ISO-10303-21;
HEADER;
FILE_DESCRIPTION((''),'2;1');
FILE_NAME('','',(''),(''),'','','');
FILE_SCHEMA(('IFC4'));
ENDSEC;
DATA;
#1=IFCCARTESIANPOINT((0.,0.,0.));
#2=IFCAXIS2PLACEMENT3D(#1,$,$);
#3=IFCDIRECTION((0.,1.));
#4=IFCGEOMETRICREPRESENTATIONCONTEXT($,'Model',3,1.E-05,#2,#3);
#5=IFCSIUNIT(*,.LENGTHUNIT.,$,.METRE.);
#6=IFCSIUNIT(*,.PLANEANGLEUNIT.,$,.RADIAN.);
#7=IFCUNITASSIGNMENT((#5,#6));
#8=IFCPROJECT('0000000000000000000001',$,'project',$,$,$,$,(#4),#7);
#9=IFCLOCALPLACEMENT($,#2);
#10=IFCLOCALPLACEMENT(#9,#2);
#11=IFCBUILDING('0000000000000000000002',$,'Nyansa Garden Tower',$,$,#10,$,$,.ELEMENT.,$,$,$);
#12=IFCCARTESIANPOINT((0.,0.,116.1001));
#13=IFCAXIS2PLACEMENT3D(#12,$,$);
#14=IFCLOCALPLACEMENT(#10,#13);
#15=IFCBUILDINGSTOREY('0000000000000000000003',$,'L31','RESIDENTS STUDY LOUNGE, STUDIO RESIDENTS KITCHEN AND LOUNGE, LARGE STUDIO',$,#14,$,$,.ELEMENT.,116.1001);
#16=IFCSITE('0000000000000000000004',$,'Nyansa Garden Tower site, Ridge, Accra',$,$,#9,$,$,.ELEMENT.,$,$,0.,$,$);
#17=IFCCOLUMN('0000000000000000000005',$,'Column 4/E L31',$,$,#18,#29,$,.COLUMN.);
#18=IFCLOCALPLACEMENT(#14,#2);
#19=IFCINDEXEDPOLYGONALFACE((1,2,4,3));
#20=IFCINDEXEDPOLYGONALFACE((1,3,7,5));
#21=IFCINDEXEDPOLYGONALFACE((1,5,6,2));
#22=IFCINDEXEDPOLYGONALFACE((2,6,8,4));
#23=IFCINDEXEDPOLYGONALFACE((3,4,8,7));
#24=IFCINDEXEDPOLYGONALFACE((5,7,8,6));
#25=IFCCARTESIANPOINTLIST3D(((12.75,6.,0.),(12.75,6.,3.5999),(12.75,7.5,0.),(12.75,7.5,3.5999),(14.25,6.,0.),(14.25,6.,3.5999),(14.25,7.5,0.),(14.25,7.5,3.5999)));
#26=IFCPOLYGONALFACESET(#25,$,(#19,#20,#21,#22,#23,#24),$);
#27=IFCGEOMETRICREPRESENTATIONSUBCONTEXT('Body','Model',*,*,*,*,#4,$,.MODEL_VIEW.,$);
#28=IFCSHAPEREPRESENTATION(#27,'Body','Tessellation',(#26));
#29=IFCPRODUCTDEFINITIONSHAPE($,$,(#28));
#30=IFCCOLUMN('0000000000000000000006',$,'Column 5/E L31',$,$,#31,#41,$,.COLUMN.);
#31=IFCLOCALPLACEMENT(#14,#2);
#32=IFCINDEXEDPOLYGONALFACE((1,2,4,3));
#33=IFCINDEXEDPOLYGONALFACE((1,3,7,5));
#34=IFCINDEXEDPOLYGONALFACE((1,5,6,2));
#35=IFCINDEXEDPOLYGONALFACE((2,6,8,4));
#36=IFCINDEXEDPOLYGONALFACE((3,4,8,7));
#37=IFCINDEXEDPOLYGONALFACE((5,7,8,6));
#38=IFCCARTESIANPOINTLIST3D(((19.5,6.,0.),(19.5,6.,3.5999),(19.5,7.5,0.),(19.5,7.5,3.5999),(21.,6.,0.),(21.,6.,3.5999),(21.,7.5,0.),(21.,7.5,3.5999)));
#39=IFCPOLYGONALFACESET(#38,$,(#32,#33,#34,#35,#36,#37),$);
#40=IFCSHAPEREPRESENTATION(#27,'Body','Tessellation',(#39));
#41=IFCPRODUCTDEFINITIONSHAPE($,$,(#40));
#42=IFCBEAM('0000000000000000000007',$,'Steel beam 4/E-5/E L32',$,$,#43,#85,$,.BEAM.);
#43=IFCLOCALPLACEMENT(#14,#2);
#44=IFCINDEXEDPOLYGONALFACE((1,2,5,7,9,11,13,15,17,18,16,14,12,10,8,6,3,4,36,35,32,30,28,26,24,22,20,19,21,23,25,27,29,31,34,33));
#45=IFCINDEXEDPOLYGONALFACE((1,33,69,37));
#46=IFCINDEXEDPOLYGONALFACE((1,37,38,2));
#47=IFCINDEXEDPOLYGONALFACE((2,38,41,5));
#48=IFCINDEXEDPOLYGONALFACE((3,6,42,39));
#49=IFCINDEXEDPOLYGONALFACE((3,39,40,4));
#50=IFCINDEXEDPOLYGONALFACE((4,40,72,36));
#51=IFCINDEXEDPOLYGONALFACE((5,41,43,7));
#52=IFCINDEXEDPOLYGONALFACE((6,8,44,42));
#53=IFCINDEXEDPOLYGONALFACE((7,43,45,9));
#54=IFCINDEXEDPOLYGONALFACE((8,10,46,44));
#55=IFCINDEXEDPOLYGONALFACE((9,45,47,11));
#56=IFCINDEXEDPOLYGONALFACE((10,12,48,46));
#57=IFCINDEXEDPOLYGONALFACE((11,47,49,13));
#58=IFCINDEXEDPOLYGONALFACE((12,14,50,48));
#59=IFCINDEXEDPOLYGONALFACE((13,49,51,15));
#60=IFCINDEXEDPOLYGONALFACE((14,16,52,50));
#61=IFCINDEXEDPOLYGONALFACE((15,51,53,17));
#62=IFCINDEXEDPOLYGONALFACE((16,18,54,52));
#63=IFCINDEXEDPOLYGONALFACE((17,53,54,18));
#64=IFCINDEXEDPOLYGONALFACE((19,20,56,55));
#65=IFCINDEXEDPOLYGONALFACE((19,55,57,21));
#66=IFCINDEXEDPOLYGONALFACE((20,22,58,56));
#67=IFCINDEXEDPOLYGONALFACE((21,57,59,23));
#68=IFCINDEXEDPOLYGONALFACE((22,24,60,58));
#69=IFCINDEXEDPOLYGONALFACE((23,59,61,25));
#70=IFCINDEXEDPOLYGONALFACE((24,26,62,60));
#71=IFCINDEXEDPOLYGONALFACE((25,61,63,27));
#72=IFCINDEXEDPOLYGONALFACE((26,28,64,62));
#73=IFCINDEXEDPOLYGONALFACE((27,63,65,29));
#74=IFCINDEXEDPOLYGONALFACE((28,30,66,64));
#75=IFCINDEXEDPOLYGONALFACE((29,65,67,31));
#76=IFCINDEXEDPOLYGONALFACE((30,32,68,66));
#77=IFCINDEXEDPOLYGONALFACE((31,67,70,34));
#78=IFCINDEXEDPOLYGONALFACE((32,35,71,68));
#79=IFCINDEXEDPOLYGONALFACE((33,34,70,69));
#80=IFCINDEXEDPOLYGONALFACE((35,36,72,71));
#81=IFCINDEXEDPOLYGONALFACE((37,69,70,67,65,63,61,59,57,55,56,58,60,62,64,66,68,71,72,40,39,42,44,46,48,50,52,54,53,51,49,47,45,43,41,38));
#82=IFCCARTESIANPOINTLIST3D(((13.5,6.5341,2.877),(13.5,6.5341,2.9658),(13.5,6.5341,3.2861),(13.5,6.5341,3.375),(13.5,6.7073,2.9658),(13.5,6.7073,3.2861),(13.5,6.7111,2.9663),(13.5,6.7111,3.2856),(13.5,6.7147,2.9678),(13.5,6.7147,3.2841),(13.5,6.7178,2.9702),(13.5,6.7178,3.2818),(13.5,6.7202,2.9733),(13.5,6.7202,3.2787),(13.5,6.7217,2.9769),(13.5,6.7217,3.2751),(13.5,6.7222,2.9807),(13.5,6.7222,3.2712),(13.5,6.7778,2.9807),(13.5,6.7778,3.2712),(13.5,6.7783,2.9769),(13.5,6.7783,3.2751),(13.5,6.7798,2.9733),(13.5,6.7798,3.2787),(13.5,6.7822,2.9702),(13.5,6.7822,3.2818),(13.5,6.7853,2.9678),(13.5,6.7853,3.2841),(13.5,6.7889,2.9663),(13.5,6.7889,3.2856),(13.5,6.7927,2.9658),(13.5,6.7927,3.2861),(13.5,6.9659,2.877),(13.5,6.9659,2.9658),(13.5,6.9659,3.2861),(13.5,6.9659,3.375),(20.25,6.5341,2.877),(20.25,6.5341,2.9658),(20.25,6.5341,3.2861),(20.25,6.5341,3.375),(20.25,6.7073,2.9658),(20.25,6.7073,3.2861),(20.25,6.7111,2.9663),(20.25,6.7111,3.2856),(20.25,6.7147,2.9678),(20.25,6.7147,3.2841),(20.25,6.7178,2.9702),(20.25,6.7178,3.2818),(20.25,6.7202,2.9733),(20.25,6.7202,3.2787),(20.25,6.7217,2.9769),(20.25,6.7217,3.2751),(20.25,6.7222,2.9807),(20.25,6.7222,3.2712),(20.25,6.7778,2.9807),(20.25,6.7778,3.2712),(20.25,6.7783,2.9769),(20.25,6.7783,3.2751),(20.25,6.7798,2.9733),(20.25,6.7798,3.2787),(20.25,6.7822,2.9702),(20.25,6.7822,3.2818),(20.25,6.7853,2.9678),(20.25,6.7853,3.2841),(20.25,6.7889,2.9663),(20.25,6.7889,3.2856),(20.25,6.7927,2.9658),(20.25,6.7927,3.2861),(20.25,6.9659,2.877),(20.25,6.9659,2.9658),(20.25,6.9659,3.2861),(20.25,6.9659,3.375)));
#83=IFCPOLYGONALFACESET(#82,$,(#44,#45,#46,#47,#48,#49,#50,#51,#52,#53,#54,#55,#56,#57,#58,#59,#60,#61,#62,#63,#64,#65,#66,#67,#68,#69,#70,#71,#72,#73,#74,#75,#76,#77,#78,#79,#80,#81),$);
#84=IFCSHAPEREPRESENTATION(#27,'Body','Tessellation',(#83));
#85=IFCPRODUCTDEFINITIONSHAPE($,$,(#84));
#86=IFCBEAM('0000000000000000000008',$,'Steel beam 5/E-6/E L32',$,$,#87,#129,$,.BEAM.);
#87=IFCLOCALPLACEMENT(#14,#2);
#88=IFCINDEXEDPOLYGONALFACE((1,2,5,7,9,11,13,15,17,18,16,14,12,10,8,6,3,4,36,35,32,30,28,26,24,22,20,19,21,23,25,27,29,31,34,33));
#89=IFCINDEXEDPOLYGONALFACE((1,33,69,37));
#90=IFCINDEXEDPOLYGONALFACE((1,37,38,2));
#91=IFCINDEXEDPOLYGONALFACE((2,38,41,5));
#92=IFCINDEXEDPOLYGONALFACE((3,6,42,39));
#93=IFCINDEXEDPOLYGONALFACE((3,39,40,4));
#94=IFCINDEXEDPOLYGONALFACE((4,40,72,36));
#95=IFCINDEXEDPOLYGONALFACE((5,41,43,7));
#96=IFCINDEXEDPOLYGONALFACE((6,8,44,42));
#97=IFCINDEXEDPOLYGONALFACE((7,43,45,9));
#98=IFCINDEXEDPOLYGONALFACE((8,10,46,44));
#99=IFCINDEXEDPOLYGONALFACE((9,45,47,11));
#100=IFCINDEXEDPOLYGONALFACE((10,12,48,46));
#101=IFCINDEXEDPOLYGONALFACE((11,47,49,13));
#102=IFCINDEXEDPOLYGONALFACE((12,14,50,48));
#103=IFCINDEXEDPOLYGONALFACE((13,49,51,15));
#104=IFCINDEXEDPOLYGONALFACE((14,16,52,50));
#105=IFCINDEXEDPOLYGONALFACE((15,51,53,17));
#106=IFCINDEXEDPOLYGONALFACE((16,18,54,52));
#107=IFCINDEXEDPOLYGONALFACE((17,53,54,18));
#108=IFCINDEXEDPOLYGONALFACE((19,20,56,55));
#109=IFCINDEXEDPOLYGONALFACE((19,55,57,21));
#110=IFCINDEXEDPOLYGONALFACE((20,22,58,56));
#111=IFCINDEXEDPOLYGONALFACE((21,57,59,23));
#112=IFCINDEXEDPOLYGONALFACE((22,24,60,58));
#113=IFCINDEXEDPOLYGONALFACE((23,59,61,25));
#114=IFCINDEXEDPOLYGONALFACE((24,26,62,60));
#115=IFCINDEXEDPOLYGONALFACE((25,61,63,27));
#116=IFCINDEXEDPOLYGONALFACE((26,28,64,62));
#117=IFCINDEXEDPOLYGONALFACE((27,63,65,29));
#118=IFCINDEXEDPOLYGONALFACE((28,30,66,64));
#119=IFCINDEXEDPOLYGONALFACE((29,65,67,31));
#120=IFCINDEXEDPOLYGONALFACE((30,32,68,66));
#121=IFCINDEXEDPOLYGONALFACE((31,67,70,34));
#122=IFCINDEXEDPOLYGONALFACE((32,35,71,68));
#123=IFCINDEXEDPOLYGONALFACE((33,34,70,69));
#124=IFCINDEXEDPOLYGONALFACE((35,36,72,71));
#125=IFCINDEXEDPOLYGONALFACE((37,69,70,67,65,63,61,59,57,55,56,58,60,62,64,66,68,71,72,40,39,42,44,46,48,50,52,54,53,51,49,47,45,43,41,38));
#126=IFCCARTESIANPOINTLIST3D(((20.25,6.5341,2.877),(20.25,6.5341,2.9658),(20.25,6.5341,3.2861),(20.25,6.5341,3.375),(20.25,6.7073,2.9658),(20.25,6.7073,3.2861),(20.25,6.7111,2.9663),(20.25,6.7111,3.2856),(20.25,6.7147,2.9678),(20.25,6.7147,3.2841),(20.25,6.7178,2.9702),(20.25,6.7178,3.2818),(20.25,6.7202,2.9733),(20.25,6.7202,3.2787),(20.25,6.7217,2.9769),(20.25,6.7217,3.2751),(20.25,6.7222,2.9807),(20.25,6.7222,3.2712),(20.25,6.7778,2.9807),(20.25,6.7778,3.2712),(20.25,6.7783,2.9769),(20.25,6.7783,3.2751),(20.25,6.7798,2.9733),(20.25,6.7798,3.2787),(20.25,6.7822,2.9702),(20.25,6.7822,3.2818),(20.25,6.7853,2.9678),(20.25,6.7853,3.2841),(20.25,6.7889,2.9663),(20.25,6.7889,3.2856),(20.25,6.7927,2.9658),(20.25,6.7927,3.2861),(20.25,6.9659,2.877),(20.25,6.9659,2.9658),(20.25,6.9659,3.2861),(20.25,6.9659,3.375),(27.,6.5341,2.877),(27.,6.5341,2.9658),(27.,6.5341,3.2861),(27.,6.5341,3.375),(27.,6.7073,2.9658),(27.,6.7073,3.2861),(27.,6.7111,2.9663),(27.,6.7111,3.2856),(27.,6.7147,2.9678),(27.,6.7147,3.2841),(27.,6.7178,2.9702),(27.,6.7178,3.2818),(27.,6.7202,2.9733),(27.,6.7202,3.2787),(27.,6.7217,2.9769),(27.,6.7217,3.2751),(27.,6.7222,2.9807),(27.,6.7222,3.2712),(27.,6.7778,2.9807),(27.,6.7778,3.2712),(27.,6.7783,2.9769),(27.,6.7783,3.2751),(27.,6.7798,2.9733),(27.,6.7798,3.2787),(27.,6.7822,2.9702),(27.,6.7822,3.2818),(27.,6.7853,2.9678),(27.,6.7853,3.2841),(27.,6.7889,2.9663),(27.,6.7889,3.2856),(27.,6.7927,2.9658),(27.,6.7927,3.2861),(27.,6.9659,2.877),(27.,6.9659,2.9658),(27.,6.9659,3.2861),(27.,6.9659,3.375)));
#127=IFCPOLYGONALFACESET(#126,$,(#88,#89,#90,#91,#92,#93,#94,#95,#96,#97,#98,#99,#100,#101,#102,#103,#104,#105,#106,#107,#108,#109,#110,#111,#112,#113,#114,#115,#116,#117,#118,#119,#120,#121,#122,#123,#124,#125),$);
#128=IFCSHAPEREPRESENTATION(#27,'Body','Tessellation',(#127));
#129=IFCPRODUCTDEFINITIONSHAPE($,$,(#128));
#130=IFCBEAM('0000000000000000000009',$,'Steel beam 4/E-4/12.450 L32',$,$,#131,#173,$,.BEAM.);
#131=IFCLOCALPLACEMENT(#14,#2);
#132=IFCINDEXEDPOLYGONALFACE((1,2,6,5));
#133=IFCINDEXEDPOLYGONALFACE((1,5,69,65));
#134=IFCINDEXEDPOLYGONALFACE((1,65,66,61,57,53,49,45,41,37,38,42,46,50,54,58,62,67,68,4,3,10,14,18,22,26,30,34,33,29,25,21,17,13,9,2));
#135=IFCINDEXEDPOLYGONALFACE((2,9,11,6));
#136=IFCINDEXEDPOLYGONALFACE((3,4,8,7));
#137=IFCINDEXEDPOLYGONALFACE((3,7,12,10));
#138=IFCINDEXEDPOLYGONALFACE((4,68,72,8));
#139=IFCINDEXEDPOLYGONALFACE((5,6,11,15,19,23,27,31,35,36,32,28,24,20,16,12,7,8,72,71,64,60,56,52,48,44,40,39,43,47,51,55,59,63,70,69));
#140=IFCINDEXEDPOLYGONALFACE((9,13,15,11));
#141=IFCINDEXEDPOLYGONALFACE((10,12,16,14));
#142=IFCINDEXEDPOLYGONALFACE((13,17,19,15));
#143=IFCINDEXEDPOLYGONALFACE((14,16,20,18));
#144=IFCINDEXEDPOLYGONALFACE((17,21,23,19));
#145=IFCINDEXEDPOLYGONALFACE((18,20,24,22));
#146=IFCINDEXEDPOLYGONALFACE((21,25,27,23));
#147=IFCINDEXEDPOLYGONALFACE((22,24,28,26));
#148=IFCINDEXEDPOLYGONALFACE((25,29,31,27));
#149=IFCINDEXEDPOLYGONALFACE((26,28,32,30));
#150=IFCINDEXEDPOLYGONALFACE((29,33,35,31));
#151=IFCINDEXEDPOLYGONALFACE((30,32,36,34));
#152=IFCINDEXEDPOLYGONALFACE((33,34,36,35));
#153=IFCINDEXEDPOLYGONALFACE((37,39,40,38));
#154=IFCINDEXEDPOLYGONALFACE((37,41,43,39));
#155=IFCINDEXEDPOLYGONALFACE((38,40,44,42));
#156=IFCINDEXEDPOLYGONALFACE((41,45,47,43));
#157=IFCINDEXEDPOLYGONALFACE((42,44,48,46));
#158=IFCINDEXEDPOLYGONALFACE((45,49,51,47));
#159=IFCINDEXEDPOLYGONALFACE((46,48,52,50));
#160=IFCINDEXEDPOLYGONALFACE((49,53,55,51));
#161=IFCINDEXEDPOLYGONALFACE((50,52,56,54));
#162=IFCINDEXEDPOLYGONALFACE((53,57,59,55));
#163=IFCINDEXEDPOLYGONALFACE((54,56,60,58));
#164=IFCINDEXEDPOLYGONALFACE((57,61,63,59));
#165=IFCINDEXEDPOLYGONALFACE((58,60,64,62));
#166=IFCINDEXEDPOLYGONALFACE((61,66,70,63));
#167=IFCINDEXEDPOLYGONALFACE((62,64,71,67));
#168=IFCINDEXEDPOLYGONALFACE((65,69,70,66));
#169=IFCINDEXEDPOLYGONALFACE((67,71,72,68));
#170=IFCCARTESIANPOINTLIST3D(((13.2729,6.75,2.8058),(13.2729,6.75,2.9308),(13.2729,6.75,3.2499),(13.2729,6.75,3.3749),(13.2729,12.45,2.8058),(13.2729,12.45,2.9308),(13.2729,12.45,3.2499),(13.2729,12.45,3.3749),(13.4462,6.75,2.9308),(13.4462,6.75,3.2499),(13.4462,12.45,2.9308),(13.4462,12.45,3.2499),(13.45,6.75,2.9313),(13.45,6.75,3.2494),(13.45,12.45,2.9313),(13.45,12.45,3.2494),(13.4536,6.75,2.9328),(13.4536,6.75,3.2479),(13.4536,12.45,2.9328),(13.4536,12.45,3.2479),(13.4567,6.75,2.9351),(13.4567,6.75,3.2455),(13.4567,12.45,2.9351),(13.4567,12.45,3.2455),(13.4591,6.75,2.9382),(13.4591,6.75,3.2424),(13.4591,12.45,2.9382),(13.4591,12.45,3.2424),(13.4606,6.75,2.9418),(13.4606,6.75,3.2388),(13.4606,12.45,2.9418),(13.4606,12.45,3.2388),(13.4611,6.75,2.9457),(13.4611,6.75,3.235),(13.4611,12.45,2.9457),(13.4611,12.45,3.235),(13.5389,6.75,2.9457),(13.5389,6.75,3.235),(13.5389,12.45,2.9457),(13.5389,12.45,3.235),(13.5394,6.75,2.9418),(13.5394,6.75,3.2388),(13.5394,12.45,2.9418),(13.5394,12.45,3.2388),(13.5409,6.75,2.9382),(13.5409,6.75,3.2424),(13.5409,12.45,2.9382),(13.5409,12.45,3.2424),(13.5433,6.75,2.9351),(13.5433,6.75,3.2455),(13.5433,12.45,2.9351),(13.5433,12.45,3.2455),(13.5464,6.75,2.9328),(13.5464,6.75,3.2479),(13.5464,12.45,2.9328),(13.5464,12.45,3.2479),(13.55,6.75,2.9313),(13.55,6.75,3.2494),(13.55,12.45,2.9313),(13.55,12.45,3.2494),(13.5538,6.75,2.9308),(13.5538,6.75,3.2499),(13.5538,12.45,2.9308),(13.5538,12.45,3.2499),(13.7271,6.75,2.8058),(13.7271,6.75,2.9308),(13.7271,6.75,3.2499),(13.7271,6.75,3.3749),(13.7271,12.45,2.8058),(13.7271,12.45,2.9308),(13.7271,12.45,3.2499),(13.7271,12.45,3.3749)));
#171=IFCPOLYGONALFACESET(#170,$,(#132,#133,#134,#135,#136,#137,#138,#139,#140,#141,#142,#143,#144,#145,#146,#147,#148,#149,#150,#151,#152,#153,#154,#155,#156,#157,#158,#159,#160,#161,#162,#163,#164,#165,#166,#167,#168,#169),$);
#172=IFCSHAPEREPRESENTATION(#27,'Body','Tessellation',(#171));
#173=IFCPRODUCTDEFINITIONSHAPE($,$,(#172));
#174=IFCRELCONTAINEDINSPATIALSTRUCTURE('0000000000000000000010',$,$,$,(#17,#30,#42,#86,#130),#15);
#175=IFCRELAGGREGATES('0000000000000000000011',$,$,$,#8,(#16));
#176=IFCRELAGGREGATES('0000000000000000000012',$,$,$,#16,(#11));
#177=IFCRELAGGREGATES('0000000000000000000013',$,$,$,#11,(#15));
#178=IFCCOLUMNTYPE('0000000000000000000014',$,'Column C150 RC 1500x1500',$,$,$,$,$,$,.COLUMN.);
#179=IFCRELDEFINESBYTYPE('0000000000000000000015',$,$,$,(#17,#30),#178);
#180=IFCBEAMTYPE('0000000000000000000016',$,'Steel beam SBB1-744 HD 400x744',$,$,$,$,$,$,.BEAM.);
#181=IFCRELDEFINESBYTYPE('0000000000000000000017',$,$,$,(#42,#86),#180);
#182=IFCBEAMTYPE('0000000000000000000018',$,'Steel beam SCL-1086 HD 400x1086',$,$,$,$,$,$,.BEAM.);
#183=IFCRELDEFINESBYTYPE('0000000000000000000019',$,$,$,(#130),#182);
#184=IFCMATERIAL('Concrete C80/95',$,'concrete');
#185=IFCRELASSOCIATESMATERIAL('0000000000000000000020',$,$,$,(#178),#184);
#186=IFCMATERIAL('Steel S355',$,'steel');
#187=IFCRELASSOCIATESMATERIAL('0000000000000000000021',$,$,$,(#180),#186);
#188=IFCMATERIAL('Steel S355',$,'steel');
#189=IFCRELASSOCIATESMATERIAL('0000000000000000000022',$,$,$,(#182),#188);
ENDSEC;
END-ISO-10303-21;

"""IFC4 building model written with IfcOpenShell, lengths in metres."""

from ifc_helpers import new_model, si_unit, direction, frame, origin, origin_2d, place, context, subcontext, project, spatial, rectangle, i_section, extrude, material, material_profile, profile_set, type_object, element, save


model = new_model("IFC4")

# Units and contexts
model_context = context("Model", 3, precision=1e-05, world=origin(), true_north=direction((0.0, 1.0)))
body_context = subcontext(model_context, "Body", "Model", "MODEL_VIEW")
ifc_project = project(units=[si_unit("LENGTHUNIT", "METRE"), si_unit("PLANEANGLEUNIT", "RADIAN")], contexts=[model_context])

# Site, building, storey
site_placement = place(None, origin())
site = spatial("IfcSite", under=ifc_project, at=site_placement, Name="Nyansa Garden Tower site, Ridge, Accra", CompositionType="ELEMENT", RefElevation=0.0)
building_placement = place(site_placement, origin())
building = spatial("IfcBuilding", under=site, at=building_placement, Name="Nyansa Garden Tower", CompositionType="ELEMENT")
storey_placement = place(building_placement, frame((0.0, 0.0, 116.1001)))
storey = spatial("IfcBuildingStorey", under=building, at=storey_placement, Name="L31", Description="RESIDENTS STUDY LOUNGE, STUDIO RESIDENTS KITCHEN AND LOUNGE, LARGE STUDIO", CompositionType="ELEMENT", Elevation=116.1001)

# Columns
ifc_material_1 = material(Name="Concrete C80/95", Category="concrete")
ifc_material_profile_1 = material_profile(ifc_material_1, rectangle(XDim=1.5, YDim=1.5, at=origin_2d()), Name="RC 1500x1500")
ifc_profile_set_1 = profile_set([ifc_material_profile_1], Name="Concrete C80/95")
column_type = type_object("IfcColumnType", Name="Column C150 RC 1500x1500", PredefinedType="COLUMN", material=ifc_profile_set_1)
for number, where, z_axis, x_axis, name in (
    (1, (13.5, 6.75, 0.0), (0.0, 0.0, 1.0), (1.0, 0.0, 0.0), "Column 4/E L31"),
    (2, (20.25, 6.75, 0.0), (0.0, 0.0, 1.0), (1.0, 0.0, 0.0), "Column 5/E L31"),
):
    element("IfcColumn", number, at=place(storey_placement, frame(where, z_axis=z_axis, x_axis=x_axis)), inside=storey, type_object=column_type, Name=name, PredefinedType="COLUMN", context=body_context, shape_type="SweptSolid", body=[
        extrude(rectangle(XDim=1.5, YDim=1.5, at=origin_2d()), origin(), (0.0, 0.0, 1.0), 3.5999),
    ])

# Beams
ifc_material_2 = material(Name="Steel S355", Category="steel")
ifc_material_profile_2 = material_profile(ifc_material_2, i_section(OverallWidth=0.4319, OverallDepth=0.498, WebThickness=0.0557, FlangeThickness=0.0889, FilletRadius=0.0149, at=origin_2d()), Name="HD 400x744")
ifc_profile_set_2 = profile_set([ifc_material_profile_2], Name="Steel S355")
beam_type_1 = type_object("IfcBeamType", Name="Steel beam SBB1-744 HD 400x744", PredefinedType="BEAM", material=ifc_profile_set_2)
for number, where, z_axis, x_axis, name in (
    (3, (13.5, 6.75, 3.126), (1.0, 0.0, 0.0), (0.0, 1.0, 0.0), "Steel beam 4/E-5/E L32"),
    (4, (20.25, 6.75, 3.126), (1.0, 0.0, 0.0), (0.0, 1.0, 0.0), "Steel beam 5/E-6/E L32"),
):
    element("IfcBeam", number, at=place(storey_placement, frame(where, z_axis=z_axis, x_axis=x_axis)), inside=storey, type_object=beam_type_1, Name=name, PredefinedType="BEAM", context=body_context, shape_type="SweptSolid", body=[
        extrude(i_section(OverallWidth=0.4319, OverallDepth=0.498, WebThickness=0.0557, FlangeThickness=0.0889, FilletRadius=0.0149, at=origin_2d()), origin(), (0.0, 0.0, 1.0), 6.75),
    ])
ifc_material_3 = material(Name="Steel S355", Category="steel")
ifc_material_profile_3 = material_profile(ifc_material_3, i_section(OverallWidth=0.4541, OverallDepth=0.5691, WebThickness=0.0779, FlangeThickness=0.125, FilletRadius=0.0149, at=origin_2d()), Name="HD 400x1086")
ifc_profile_set_3 = profile_set([ifc_material_profile_3], Name="Steel S355")
beam_type_2 = type_object("IfcBeamType", Name="Steel beam SCL-1086 HD 400x1086", PredefinedType="BEAM", material=ifc_profile_set_3)
for number, where, z_axis, x_axis, name in (
    (5, (13.5, 6.75, 3.0903), (0.0, 1.0, 0.0), (-1.0, 0.0, 0.0), "Steel beam 4/E-4/12.450 L32"),
):
    element("IfcBeam", number, at=place(storey_placement, frame(where, z_axis=z_axis, x_axis=x_axis)), inside=storey, type_object=beam_type_2, Name=name, PredefinedType="BEAM", context=body_context, shape_type="SweptSolid", body=[
        extrude(i_section(OverallWidth=0.4541, OverallDepth=0.5691, WebThickness=0.0779, FlangeThickness=0.125, FilletRadius=0.0149, at=origin_2d()), origin(), (0.0, 0.0, 1.0), 5.7),
    ])

save(model, "model.ifc")
